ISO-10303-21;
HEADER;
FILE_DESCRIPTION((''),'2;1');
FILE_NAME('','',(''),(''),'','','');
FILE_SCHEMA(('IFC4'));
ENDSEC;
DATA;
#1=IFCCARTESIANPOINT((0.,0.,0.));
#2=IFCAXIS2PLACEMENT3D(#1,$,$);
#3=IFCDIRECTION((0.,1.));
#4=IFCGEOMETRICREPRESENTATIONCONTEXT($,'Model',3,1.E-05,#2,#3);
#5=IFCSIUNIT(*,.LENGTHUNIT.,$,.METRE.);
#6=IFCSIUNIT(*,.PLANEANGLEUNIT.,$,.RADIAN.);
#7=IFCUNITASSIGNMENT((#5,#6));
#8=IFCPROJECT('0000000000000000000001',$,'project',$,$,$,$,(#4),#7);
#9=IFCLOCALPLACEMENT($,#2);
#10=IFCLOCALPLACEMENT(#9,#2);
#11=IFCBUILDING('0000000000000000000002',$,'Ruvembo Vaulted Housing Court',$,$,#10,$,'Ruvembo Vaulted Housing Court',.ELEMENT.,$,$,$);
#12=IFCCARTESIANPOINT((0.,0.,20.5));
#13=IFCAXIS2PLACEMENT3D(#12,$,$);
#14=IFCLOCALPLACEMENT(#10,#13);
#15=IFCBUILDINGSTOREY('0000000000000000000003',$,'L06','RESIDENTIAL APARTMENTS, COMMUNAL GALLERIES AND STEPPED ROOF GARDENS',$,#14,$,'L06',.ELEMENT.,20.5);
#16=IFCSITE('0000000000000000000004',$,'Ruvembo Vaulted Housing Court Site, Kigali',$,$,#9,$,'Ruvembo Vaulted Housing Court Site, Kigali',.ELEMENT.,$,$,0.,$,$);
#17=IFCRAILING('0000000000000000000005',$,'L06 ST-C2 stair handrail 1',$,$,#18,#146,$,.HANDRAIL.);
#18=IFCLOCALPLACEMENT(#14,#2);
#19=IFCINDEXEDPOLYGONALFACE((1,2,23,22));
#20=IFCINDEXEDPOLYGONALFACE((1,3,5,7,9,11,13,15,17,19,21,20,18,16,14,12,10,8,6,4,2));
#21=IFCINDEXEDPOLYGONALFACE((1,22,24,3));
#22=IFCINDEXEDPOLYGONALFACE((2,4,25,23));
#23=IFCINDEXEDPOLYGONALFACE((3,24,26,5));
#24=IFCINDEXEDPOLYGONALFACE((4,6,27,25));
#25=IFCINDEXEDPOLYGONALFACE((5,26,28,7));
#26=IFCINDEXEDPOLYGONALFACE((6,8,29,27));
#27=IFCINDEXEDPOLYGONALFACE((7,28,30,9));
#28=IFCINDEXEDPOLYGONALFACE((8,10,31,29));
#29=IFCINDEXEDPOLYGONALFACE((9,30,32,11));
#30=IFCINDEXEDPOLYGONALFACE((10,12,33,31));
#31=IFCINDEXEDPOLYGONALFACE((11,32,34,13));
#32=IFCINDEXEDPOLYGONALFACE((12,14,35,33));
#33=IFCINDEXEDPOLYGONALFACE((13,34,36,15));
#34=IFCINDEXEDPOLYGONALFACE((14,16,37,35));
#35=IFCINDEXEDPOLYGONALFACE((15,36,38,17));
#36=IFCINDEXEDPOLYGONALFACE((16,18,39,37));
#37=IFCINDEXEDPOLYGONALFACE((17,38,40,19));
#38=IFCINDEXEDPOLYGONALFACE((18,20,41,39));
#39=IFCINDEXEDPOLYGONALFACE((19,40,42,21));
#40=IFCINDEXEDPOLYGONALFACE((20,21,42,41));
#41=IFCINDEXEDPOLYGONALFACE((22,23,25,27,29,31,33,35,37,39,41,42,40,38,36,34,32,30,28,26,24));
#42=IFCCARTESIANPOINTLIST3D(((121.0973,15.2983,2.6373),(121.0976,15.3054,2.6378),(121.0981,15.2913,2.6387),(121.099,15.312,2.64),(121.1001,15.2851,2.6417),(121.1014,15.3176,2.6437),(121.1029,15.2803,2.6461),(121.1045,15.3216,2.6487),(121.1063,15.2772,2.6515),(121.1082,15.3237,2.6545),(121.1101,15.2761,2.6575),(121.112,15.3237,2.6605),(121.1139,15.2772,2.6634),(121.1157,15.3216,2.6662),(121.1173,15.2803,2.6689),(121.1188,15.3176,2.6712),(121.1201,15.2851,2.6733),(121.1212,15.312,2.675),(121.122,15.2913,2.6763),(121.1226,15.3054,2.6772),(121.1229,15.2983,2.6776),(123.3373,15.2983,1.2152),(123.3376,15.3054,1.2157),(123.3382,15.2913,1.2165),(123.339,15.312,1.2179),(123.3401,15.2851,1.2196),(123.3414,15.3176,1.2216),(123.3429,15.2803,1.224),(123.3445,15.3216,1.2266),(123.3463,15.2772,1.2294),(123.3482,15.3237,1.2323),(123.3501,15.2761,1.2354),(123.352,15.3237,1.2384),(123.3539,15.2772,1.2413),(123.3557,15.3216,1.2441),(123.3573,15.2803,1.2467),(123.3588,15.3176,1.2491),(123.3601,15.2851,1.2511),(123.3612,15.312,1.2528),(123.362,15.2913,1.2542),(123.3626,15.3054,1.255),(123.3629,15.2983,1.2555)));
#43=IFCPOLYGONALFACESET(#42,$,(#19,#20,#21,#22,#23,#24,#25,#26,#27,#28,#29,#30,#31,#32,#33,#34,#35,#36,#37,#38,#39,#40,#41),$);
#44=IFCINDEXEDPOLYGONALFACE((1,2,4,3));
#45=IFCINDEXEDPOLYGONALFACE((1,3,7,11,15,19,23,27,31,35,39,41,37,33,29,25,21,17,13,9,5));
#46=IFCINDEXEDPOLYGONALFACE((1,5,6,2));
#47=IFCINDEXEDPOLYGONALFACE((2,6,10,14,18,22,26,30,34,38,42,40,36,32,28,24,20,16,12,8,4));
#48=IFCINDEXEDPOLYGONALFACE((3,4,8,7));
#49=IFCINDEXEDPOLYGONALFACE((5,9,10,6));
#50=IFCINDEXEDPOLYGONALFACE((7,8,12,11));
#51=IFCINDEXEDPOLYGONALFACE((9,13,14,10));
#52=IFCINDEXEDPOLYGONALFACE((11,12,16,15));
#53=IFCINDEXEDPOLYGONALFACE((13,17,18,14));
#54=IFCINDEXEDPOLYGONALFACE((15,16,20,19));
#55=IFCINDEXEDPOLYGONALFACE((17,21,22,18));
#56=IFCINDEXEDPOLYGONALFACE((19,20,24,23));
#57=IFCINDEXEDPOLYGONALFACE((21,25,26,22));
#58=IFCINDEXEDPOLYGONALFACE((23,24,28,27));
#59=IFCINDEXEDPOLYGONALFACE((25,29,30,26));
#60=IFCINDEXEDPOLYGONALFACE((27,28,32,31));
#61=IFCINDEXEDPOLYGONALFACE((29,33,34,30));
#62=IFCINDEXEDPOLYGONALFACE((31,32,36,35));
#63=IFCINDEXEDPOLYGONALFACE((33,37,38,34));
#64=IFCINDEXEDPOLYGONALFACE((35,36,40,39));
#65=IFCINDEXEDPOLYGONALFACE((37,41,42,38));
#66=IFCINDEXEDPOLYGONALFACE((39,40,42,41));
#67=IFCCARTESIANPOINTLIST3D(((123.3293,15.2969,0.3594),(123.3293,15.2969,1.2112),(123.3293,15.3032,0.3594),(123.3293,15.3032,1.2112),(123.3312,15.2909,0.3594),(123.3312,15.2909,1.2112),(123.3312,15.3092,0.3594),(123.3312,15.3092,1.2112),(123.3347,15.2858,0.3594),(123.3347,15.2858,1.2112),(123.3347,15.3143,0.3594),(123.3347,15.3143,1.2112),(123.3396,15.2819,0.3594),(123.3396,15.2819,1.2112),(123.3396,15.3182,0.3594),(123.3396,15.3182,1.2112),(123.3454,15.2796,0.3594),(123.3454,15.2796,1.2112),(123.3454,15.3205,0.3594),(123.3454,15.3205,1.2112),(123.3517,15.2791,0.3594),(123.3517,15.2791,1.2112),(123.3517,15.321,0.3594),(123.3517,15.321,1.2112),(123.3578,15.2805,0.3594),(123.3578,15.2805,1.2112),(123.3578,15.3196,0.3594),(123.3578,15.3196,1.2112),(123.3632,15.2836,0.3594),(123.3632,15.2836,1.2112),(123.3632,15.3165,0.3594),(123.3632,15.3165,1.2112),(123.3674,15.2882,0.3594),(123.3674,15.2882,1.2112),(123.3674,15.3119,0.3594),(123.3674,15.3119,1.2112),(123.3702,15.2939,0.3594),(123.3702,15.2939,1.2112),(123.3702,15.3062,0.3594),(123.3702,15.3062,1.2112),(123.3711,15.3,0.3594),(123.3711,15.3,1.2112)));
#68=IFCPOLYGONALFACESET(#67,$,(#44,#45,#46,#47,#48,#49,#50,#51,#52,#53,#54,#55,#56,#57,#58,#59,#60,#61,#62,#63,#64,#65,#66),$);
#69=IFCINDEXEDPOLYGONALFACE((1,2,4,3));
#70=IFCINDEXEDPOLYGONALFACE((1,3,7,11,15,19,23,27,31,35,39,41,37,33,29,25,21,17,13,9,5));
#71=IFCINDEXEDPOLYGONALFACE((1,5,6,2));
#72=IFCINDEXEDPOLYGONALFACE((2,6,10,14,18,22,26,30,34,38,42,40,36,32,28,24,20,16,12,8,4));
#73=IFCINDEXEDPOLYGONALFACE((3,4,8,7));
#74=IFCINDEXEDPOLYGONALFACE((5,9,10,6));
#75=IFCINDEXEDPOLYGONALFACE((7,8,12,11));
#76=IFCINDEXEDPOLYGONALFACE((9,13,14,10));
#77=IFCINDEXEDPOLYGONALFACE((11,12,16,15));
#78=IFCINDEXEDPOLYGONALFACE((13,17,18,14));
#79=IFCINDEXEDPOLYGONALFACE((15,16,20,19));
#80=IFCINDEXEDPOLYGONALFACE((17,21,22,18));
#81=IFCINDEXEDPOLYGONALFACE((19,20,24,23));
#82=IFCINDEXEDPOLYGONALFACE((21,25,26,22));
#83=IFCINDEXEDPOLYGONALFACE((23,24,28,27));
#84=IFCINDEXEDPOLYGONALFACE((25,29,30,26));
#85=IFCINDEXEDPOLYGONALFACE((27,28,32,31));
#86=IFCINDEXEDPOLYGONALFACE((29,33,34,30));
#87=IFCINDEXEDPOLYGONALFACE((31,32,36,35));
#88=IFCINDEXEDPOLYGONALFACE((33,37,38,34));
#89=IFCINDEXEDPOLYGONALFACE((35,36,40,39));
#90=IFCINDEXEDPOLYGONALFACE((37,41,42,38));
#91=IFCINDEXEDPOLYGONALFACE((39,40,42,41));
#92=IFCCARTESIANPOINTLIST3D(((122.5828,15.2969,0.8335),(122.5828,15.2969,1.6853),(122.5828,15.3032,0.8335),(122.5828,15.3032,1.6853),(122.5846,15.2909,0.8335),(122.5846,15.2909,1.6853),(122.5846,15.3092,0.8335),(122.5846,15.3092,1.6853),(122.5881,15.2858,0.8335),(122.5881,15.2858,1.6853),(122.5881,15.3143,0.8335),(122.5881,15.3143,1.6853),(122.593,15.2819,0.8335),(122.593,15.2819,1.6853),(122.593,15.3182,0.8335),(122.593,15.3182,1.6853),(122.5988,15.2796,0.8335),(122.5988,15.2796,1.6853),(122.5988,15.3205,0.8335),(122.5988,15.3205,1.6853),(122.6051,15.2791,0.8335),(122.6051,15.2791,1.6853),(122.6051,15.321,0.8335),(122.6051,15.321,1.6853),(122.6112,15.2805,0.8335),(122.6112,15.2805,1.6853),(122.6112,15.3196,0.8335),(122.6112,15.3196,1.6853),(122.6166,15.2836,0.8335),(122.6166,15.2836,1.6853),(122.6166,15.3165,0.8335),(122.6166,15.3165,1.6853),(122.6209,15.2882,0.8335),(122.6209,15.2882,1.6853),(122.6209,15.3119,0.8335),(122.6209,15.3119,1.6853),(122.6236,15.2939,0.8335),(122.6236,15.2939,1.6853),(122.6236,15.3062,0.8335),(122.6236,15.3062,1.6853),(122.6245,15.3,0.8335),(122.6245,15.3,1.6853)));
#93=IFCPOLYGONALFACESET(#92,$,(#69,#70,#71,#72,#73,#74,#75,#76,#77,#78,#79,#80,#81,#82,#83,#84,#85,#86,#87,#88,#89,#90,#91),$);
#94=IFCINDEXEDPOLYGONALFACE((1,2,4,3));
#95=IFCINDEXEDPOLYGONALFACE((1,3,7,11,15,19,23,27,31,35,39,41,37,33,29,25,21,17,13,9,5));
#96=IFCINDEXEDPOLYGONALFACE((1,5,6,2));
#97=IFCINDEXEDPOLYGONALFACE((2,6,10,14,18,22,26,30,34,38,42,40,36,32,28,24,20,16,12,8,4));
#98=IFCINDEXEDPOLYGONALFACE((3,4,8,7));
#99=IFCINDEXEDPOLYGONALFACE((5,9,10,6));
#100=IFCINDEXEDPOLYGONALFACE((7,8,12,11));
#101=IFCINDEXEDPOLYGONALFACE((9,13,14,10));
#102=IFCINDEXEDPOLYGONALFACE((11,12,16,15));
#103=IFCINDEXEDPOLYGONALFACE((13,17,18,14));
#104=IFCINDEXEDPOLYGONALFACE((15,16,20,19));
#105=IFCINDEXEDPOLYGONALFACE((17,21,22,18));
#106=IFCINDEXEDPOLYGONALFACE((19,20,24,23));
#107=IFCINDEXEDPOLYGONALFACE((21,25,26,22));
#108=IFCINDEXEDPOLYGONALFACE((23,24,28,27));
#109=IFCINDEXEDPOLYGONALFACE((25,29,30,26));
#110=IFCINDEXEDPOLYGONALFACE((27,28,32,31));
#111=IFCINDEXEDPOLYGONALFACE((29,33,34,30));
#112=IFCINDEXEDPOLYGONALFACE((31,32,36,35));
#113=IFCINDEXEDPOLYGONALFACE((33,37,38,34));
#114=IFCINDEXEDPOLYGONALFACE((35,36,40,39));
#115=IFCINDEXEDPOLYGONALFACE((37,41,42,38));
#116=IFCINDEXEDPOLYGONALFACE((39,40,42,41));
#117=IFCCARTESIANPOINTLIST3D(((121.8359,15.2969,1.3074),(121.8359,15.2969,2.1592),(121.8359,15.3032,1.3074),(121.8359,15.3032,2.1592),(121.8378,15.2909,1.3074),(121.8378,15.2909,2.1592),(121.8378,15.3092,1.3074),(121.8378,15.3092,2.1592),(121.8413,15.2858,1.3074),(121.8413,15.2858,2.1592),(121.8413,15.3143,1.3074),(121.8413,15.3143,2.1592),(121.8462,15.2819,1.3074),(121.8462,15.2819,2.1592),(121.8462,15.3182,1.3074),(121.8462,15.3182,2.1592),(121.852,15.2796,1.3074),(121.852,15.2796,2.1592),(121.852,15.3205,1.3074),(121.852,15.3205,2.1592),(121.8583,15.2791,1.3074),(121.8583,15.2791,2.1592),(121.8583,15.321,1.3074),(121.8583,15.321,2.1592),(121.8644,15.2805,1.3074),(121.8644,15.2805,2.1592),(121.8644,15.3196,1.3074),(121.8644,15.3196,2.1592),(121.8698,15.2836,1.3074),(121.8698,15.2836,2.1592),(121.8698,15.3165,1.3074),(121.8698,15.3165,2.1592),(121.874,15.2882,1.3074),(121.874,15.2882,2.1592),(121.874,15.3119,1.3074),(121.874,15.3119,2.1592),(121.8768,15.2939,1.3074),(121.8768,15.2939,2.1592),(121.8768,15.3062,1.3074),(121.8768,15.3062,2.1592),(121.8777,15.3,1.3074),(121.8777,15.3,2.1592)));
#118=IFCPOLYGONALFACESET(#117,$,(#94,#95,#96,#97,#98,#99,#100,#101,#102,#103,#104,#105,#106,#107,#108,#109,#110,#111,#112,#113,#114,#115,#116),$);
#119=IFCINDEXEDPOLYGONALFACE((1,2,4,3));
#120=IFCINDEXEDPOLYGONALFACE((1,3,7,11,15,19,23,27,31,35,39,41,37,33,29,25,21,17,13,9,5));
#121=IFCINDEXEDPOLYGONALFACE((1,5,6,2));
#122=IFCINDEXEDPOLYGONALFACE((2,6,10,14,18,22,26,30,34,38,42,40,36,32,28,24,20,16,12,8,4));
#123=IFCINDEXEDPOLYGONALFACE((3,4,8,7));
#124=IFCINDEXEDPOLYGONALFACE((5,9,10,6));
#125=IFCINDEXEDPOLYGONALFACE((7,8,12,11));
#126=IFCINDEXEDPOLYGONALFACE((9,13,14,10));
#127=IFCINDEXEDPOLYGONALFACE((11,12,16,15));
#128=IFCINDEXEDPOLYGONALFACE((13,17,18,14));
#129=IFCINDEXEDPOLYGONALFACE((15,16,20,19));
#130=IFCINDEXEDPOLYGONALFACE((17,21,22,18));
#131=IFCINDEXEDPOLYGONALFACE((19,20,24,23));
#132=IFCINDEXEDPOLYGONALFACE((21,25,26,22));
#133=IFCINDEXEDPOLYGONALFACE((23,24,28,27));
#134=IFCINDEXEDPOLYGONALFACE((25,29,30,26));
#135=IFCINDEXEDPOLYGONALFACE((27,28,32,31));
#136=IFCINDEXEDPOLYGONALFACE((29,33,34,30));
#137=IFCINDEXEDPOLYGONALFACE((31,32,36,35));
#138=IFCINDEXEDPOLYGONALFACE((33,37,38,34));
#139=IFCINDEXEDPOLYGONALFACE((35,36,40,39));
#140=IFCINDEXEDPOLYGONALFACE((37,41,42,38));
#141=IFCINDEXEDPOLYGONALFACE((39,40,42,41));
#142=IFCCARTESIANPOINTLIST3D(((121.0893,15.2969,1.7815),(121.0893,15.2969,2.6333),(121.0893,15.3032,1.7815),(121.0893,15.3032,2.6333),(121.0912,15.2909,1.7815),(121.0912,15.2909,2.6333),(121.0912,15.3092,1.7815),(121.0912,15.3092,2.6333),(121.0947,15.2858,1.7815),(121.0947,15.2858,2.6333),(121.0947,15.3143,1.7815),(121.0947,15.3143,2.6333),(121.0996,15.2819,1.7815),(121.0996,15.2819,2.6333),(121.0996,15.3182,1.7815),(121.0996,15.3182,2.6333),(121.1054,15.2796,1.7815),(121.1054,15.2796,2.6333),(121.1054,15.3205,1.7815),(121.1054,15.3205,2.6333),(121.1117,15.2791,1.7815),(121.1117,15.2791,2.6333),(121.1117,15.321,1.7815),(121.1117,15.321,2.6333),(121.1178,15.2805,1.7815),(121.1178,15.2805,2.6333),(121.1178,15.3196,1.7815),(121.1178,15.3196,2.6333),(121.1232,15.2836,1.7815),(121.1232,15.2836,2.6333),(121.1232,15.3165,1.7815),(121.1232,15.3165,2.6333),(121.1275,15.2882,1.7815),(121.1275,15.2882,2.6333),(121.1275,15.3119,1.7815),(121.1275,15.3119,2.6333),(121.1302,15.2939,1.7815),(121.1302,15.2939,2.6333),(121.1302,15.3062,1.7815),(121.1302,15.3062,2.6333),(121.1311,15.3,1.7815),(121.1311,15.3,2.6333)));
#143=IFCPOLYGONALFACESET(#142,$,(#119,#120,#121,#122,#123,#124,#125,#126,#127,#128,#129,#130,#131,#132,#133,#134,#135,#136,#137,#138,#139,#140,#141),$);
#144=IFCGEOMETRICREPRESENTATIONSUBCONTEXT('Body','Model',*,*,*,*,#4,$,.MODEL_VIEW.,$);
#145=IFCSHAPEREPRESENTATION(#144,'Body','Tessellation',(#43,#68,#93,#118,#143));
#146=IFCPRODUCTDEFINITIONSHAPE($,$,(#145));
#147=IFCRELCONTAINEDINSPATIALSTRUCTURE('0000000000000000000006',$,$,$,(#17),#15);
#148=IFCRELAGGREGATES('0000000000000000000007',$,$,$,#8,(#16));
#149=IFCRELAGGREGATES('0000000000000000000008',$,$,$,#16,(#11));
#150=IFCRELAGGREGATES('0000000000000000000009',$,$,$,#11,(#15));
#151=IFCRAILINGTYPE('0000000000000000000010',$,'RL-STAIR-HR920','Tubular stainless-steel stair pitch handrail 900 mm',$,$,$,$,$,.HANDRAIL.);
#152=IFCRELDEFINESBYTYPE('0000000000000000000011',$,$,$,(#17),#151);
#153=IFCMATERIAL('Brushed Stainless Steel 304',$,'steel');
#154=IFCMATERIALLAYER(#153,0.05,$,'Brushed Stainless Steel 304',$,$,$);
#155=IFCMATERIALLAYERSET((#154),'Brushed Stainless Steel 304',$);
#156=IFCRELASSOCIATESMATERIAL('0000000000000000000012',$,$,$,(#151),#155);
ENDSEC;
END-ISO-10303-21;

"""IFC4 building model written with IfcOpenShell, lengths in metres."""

from ifc_helpers import new_model, si_unit, direction, frame, origin, origin_2d, place, context, subcontext, project, spatial, circle, extrude, material, layer, layer_set, type_object, element, save


model = new_model("IFC4")

# Units and contexts
model_context = context("Model", 3, precision=1e-05, world=origin(), true_north=direction((0.0, 1.0)))
body_context = subcontext(model_context, "Body", "Model", "MODEL_VIEW")
ifc_project = project(units=[si_unit("LENGTHUNIT", "METRE"), si_unit("PLANEANGLEUNIT", "RADIAN")], contexts=[model_context])

# Site, building, storey
site_placement = place(None, origin())
site = spatial("IfcSite", under=ifc_project, at=site_placement, Name="Ruvembo Vaulted Housing Court Site, Kigali", LongName="Ruvembo Vaulted Housing Court Site, Kigali", CompositionType="ELEMENT", RefElevation=0.0)
building_placement = place(site_placement, origin())
building = spatial("IfcBuilding", under=site, at=building_placement, Name="Ruvembo Vaulted Housing Court", LongName="Ruvembo Vaulted Housing Court", CompositionType="ELEMENT")
storey_placement = place(building_placement, frame((0.0, 0.0, 20.5)))
storey = spatial("IfcBuildingStorey", under=building, at=storey_placement, Name="L06", Description="RESIDENTIAL APARTMENTS, COMMUNAL GALLERIES AND STEPPED ROOF GARDENS", LongName="L06", CompositionType="ELEMENT", Elevation=20.5)

# Railing
ifc_material_1 = material(Name="Brushed Stainless Steel 304", Category="steel")
ifc_layer_1 = layer(ifc_material_1, 0.05, Name="Brushed Stainless Steel 304")
ifc_layer_set_1 = layer_set([ifc_layer_1], Name="Brushed Stainless Steel 304")
railing_type_1 = type_object("IfcRailingType", Name="RL-STAIR-HR920", Description="Tubular stainless-steel stair pitch handrail 900 mm", PredefinedType="HANDRAIL", material=ifc_layer_set_1)
railing_1_placement = place(storey_placement, frame((123.3501, 15.3, 0.3594)))
element("IfcRailing", 1, at=railing_1_placement, inside=storey, type_object=railing_type_1, Name="L06 ST-C2 stair handrail 1", PredefinedType="HANDRAIL", context=body_context, shape_type="SweptSolid", body=[
    extrude(circle(Radius=0.0239, at=origin_2d()), frame((0.0, 0.0, 0.876), z_axis=(-0.844229, 0.0, 0.535982), x_axis=(0.0, -1.0, 0.0)), (0.0, 0.0, 1.0), 2.6533),
    extrude(circle(Radius=0.021, at=origin_2d()), origin(), (0.0, 0.0, 1.0), 0.8518),
    extrude(circle(Radius=0.021, at=origin_2d()), frame((-0.7466, 0.0, 0.4741)), (0.0, 0.0, 1.0), 0.8518),
    extrude(circle(Radius=0.021, at=origin_2d()), frame((-1.4934, 0.0, 0.948)), (0.0, 0.0, 1.0), 0.8518),
    extrude(circle(Radius=0.021, at=origin_2d()), frame((-2.24, 0.0, 1.4221)), (0.0, 0.0, 1.0), 0.8518),
])

save(model, "model.ifc")
